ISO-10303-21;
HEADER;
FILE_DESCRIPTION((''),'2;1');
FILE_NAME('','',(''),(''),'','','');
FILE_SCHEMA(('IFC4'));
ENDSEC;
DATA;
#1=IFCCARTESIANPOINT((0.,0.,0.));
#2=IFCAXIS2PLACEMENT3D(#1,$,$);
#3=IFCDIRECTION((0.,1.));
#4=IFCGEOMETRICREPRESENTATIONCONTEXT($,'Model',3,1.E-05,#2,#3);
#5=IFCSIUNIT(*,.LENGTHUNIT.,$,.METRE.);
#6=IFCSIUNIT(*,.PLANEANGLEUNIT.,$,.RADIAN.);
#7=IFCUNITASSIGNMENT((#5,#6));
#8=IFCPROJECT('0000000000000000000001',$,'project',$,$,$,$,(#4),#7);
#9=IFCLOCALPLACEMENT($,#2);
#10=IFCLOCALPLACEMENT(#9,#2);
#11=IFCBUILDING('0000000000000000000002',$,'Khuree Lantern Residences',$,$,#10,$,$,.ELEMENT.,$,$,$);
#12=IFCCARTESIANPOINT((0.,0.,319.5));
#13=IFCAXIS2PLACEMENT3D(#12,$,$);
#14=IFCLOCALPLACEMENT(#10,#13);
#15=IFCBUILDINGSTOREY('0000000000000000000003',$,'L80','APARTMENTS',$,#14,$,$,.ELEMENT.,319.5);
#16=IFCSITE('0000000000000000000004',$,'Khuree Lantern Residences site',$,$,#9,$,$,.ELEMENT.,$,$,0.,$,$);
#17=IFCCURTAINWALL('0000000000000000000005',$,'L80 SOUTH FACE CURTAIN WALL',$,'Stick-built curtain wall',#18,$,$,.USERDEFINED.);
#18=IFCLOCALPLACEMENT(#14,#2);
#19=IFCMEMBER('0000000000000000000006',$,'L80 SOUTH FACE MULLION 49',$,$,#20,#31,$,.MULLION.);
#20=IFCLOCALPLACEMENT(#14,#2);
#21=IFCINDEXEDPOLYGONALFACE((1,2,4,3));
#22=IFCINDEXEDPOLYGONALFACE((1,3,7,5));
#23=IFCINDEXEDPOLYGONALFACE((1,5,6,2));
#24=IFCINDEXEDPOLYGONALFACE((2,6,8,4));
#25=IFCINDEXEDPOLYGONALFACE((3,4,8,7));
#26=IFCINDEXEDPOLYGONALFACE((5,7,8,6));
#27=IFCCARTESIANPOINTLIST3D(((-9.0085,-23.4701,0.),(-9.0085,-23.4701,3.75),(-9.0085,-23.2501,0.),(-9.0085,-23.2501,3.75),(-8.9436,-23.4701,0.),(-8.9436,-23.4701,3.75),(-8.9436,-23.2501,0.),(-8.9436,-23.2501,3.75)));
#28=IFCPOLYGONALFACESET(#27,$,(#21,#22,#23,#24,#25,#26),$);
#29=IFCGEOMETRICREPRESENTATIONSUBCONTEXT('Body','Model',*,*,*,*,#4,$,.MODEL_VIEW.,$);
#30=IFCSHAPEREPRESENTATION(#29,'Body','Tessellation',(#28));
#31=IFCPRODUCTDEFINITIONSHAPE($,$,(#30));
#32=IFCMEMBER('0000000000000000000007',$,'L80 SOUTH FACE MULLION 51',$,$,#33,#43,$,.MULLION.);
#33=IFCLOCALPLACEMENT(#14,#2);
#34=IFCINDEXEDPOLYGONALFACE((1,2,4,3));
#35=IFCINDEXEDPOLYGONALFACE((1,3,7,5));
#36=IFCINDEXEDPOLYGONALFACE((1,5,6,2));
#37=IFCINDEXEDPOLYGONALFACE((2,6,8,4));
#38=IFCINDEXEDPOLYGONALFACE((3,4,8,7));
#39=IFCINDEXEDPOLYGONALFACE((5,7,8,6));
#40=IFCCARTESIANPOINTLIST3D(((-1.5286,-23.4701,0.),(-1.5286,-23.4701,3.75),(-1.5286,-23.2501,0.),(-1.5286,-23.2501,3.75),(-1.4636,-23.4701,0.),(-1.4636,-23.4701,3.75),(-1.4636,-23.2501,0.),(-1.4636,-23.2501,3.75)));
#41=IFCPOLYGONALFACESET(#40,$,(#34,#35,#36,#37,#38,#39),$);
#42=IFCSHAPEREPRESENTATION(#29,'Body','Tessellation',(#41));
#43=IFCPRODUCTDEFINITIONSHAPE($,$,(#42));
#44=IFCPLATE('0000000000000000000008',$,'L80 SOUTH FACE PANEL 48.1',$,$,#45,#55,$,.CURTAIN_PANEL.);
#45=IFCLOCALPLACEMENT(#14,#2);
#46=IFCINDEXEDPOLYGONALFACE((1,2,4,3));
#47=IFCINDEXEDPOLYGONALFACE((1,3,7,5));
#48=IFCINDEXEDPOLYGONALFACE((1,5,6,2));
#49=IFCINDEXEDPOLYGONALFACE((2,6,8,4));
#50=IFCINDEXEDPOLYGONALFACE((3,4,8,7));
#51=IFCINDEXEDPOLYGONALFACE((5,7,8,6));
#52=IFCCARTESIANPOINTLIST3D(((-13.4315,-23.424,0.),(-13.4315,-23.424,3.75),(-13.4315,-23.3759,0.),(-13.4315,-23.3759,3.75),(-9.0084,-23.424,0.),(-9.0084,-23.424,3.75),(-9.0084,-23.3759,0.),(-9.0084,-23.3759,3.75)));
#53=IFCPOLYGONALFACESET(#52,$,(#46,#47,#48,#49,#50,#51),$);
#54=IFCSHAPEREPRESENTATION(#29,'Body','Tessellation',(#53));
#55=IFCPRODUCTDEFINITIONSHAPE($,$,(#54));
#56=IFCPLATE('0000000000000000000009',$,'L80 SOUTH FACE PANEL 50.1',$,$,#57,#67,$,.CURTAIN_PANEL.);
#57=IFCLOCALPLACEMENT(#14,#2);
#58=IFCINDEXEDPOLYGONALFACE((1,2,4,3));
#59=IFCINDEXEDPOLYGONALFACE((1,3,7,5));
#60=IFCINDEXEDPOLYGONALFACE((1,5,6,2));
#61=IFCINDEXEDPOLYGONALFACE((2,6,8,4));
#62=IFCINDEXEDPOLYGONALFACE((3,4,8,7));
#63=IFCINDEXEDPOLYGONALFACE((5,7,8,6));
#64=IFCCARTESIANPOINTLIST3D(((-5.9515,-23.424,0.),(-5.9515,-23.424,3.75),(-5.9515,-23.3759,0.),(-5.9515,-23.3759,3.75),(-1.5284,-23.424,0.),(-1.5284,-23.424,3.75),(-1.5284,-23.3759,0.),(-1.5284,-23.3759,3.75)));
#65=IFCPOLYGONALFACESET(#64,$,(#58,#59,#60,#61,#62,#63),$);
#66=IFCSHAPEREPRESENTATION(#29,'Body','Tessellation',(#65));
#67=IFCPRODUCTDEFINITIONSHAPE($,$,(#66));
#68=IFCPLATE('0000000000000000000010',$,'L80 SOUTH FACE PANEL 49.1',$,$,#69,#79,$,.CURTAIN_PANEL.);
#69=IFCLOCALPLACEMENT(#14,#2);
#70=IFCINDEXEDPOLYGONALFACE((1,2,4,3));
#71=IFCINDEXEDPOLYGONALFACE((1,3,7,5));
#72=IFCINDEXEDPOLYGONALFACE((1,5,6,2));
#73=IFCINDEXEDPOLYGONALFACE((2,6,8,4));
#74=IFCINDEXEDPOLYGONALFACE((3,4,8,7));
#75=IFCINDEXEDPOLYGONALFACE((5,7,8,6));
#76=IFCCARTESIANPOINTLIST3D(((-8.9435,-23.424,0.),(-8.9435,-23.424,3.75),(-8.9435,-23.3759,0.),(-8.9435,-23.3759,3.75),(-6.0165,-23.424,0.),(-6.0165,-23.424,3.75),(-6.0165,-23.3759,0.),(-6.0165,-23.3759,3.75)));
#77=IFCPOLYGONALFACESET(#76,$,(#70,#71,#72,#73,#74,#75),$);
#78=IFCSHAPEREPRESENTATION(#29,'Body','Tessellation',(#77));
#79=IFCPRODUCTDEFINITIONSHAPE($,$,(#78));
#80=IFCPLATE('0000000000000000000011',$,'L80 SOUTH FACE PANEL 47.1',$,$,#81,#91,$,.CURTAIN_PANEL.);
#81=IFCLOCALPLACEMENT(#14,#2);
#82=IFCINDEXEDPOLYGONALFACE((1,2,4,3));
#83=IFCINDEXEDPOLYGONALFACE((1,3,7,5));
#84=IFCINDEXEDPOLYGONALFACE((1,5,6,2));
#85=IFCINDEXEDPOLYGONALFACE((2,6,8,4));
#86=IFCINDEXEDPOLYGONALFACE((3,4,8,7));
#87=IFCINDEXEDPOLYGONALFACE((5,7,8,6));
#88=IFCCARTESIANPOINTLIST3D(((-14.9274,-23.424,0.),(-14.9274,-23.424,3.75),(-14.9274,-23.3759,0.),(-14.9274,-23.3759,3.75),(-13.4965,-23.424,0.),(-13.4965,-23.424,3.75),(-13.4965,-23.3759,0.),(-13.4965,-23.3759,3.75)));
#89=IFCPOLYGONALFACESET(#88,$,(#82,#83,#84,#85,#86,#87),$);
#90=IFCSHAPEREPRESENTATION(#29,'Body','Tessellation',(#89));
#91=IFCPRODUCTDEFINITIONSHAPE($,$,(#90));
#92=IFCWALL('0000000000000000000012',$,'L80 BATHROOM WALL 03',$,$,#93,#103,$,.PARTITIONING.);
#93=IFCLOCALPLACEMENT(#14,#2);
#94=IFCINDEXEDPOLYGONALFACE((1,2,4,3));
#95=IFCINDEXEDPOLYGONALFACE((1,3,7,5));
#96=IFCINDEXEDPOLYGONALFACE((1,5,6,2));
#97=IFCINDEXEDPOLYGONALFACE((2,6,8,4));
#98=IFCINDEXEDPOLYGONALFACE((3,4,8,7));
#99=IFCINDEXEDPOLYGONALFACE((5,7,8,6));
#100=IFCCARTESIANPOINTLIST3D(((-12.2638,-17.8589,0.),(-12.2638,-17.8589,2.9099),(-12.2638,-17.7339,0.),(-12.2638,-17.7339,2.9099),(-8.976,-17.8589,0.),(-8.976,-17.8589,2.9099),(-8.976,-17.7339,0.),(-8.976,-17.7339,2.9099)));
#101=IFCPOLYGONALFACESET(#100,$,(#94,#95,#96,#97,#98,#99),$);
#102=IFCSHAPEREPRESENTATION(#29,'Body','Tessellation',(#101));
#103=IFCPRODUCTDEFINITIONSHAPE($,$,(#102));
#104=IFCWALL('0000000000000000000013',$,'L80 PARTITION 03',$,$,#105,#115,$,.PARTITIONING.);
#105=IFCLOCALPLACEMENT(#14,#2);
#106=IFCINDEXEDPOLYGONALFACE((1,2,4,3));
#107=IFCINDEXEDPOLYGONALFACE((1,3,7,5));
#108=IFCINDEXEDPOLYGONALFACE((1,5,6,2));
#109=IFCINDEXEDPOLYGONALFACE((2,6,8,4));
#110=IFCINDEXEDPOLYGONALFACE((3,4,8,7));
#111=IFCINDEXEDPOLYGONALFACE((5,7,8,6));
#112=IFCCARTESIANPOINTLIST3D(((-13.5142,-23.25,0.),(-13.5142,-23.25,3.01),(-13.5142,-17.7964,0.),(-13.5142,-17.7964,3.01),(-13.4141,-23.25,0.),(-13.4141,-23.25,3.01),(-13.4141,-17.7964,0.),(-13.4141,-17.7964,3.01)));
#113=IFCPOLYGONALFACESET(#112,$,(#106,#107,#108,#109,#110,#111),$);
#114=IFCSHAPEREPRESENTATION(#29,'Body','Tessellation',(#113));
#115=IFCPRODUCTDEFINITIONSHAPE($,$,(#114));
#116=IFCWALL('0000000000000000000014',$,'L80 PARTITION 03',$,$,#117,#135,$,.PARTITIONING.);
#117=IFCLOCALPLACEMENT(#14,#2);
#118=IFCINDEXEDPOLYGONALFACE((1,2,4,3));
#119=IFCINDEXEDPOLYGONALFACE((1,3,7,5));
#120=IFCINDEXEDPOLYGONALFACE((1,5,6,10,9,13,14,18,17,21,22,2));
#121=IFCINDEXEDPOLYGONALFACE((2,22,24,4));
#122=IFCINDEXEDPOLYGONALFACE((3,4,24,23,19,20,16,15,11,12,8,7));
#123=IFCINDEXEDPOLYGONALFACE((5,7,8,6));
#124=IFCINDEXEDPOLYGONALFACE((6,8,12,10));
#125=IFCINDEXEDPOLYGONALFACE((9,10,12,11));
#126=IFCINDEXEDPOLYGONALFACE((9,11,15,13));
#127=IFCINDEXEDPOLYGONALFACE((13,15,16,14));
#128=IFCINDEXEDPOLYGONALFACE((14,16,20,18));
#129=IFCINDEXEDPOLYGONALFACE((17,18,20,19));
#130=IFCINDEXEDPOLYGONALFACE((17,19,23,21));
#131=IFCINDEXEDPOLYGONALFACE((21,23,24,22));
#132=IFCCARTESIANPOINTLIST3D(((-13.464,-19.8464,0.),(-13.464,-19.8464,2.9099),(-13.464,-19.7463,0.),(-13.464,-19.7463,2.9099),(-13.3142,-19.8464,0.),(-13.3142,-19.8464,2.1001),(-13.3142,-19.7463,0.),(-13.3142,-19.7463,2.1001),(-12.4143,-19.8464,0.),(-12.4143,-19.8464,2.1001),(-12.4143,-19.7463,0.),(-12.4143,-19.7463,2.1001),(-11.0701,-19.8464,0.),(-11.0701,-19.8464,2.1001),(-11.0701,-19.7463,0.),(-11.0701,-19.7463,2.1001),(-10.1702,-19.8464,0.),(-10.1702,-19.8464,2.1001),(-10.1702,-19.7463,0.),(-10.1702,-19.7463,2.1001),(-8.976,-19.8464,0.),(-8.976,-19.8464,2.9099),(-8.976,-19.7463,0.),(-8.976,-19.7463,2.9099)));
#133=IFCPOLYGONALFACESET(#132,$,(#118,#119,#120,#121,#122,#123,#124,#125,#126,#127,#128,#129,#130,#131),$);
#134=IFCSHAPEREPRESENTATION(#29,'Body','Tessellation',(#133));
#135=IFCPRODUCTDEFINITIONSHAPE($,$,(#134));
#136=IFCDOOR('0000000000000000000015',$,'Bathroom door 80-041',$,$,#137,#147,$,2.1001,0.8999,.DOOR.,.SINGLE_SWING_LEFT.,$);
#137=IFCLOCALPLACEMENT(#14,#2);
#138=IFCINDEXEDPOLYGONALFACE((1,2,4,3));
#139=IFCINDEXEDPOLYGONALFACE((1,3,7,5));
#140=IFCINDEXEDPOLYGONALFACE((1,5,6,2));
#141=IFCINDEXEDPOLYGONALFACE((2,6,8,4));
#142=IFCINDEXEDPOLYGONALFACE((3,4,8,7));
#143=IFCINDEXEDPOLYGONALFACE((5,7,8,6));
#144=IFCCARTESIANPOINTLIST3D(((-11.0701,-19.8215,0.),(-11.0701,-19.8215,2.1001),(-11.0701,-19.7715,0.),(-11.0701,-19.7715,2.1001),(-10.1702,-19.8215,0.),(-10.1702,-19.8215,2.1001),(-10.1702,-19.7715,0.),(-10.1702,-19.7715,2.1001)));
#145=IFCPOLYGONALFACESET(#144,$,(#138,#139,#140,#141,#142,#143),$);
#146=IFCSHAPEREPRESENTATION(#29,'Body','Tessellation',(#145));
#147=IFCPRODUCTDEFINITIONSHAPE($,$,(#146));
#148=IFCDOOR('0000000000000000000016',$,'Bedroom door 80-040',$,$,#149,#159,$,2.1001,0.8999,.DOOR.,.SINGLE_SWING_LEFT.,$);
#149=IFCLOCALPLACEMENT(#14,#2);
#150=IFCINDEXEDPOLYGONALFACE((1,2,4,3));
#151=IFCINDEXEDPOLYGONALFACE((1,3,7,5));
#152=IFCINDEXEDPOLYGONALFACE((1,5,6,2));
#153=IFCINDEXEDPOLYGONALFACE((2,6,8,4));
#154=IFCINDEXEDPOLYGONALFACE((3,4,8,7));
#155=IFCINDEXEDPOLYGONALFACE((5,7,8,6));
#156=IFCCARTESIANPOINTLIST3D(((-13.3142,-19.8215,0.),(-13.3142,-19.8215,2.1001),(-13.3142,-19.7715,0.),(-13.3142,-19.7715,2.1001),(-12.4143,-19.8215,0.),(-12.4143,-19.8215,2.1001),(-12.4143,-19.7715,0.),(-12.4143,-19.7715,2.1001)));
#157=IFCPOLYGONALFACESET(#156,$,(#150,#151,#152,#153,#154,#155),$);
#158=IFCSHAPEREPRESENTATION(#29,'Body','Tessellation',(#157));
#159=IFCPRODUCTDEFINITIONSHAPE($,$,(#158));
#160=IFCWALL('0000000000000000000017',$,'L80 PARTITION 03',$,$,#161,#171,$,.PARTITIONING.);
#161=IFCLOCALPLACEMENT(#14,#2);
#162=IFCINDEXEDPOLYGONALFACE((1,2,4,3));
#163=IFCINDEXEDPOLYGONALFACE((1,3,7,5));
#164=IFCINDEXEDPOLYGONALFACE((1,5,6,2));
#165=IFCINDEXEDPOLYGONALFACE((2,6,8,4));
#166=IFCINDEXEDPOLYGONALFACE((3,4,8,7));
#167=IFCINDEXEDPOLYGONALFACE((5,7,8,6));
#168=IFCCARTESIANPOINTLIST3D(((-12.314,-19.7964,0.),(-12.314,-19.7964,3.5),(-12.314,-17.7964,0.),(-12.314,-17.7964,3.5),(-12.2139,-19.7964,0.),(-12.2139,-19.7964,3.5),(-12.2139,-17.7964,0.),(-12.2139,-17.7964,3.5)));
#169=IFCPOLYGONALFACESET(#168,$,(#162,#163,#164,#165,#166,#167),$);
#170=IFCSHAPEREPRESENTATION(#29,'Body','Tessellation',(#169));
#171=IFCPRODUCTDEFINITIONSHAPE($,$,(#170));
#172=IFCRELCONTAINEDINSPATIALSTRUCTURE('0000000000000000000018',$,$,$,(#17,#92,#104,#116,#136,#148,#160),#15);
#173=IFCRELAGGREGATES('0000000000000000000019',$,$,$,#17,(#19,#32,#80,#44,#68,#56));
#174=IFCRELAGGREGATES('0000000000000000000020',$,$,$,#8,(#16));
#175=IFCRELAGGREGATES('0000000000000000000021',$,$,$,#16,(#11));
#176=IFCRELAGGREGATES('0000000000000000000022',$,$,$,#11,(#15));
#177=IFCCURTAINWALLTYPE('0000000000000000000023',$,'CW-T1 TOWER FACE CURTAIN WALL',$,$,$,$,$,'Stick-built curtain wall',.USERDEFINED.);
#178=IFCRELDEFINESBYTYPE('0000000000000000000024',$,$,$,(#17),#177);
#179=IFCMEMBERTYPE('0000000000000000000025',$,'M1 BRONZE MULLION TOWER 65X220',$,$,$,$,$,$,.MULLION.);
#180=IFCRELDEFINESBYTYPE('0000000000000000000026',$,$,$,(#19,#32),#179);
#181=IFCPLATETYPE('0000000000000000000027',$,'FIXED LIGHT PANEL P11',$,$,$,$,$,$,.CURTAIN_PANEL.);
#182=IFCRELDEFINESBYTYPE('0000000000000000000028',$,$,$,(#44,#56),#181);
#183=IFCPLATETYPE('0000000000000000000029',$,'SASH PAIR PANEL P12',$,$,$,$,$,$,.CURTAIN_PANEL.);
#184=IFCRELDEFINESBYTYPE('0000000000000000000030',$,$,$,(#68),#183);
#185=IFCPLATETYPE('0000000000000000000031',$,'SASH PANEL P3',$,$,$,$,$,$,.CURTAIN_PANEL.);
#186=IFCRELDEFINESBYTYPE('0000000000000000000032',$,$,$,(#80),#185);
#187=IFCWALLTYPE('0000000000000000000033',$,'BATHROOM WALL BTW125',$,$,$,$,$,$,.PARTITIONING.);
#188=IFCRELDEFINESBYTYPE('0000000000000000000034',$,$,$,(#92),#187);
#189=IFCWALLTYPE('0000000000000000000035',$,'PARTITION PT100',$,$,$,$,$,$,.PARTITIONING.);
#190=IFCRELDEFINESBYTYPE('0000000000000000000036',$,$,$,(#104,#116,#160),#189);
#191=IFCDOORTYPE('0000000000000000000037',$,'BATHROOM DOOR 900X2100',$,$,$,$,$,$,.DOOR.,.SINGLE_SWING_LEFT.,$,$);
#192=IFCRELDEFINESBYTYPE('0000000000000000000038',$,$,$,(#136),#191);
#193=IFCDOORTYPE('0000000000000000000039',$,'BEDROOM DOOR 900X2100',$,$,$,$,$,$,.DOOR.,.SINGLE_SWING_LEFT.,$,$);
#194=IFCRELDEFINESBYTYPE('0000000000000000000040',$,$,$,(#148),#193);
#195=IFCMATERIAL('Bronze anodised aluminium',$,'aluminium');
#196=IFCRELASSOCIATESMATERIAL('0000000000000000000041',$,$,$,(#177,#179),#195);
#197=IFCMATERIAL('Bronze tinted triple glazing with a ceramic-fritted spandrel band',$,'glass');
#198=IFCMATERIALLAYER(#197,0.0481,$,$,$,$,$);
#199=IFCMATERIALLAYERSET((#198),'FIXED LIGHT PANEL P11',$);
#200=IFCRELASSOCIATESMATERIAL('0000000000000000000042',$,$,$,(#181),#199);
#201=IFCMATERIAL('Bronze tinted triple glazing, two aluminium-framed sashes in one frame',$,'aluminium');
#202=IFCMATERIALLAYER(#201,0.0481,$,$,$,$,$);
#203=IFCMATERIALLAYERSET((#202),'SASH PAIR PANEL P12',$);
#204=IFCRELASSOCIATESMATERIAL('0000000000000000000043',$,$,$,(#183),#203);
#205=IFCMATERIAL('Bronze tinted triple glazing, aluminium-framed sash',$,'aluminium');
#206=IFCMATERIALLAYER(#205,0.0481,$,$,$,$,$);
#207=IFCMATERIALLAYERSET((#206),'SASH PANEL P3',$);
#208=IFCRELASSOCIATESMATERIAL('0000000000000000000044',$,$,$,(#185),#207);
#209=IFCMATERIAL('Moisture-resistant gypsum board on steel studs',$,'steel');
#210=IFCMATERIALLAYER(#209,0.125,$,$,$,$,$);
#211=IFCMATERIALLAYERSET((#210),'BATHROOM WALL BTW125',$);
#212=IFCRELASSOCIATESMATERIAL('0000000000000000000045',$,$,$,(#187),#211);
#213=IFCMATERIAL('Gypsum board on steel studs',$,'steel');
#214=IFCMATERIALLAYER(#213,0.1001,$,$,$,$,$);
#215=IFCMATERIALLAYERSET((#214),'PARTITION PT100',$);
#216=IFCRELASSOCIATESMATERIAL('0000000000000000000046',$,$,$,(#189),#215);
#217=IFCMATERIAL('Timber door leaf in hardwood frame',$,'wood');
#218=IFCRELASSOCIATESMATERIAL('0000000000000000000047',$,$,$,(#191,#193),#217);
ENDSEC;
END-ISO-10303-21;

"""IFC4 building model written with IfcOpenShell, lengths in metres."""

from ifc_helpers import new_model, si_unit, direction, frame, frame_2d, origin, origin_2d, place, context, subcontext, project, spatial, rectangle, extrude, material, layer, layer_set, material_profile, profile_set, type_object, element, fill, aggregate, save


model = new_model("IFC4")

# Units and contexts
model_context = context("Model", 3, precision=1e-05, world=origin(), true_north=direction((0.0, 1.0)))
body_context = subcontext(model_context, "Body", "Model", "MODEL_VIEW")
ifc_project = project(units=[si_unit("LENGTHUNIT", "METRE"), si_unit("PLANEANGLEUNIT", "RADIAN")], contexts=[model_context])

# Site, building, storey
site_placement = place(None, origin())
site = spatial("IfcSite", under=ifc_project, at=site_placement, Name="Khuree Lantern Residences site", CompositionType="ELEMENT", RefElevation=0.0)
building_placement = place(site_placement, origin())
building = spatial("IfcBuilding", under=site, at=building_placement, Name="Khuree Lantern Residences", CompositionType="ELEMENT")
storey_placement = place(building_placement, frame((0.0, 0.0, 319.5)))
storey = spatial("IfcBuildingStorey", under=building, at=storey_placement, Name="L80", Description="APARTMENTS", CompositionType="ELEMENT", Elevation=319.5)

# Curtain wall
ifc_material_1 = material(Name="Bronze anodised aluminium", Category="aluminium")
curtain_wall_type = type_object("IfcCurtainWallType", Name="CW-T1 TOWER FACE CURTAIN WALL", ElementType="Stick-built curtain wall", PredefinedType="USERDEFINED", material=ifc_material_1)
curtain_wall_placement = place(storey_placement, origin())
curtain_wall = element("IfcCurtainWall", 1, at=curtain_wall_placement, inside=storey, type_object=curtain_wall_type, Name="L80 SOUTH FACE CURTAIN WALL", ObjectType="Stick-built curtain wall", PredefinedType="USERDEFINED")

# Members
ifc_material_profile_1 = material_profile(ifc_material_1, rectangle(XDim=0.0649, YDim=0.22, at=origin_2d()), Name="M1 65X220")
ifc_profile_set_1 = profile_set([ifc_material_profile_1], Name="Bronze anodised aluminium")
member_type_1 = type_object("IfcMemberType", Name="M1 BRONZE MULLION TOWER 65X220", PredefinedType="MULLION", material=ifc_profile_set_1)
member_1_placement = place(storey_placement, frame((-8.9761, -23.3601, 0.0), z_axis=(0.0, 0.0, 1.0), x_axis=(1.0, 0.0, 0.0)))
member_1 = element("IfcMember", 2, at=member_1_placement, type_object=member_type_1, Name="L80 SOUTH FACE MULLION 49", PredefinedType="MULLION", context=body_context, shape_type="SweptSolid", body=[
    extrude(rectangle(XDim=0.0649, YDim=0.22, at=origin_2d()), origin(), (0.0, 0.0, 1.0), 3.75),
])
member_2_placement = place(storey_placement, frame((-1.4961, -23.3601, 0.0), z_axis=(0.0, 0.0, 1.0), x_axis=(1.0, 0.0, 0.0)))
member_2 = element("IfcMember", 3, at=member_2_placement, type_object=member_type_1, Name="L80 SOUTH FACE MULLION 51", PredefinedType="MULLION", context=body_context, shape_type="SweptSolid", body=[
    extrude(rectangle(XDim=0.0649, YDim=0.22, at=origin_2d()), origin(), (0.0, 0.0, 1.0), 3.75),
])

# Plates
ifc_material_2 = material(Name="Bronze tinted triple glazing with a ceramic-fritted spandrel band", Category="glass")
ifc_layer_1 = layer(ifc_material_2, 0.0481)
ifc_layer_set_1 = layer_set([ifc_layer_1], Name="FIXED LIGHT PANEL P11")
plate_type_1 = type_object("IfcPlateType", Name="FIXED LIGHT PANEL P11", PredefinedType="CURTAIN_PANEL", material=ifc_layer_set_1)
plate_1_placement = place(storey_placement, frame((-11.22, -23.3999, 0.0), z_axis=(0.0, 0.0, 1.0), x_axis=(1.0, 0.0, 0.0)))
plate_1 = element("IfcPlate", 4, at=plate_1_placement, type_object=plate_type_1, Name="L80 SOUTH FACE PANEL 48.1", PredefinedType="CURTAIN_PANEL", context=body_context, shape_type="SweptSolid", body=[
    extrude(rectangle(XDim=4.4231, YDim=0.0481, at=origin_2d()), origin(), (0.0, 0.0, 1.0), 3.75),
])
plate_2_placement = place(storey_placement, frame((-3.74, -23.3999, 0.0), z_axis=(0.0, 0.0, 1.0), x_axis=(1.0, 0.0, 0.0)))
plate_2 = element("IfcPlate", 5, at=plate_2_placement, type_object=plate_type_1, Name="L80 SOUTH FACE PANEL 50.1", PredefinedType="CURTAIN_PANEL", context=body_context, shape_type="SweptSolid", body=[
    extrude(rectangle(XDim=4.4231, YDim=0.0481, at=origin_2d()), origin(), (0.0, 0.0, 1.0), 3.75),
])
ifc_material_3 = material(Name="Bronze tinted triple glazing, two aluminium-framed sashes in one frame", Category="aluminium")
ifc_layer_2 = layer(ifc_material_3, 0.0481)
ifc_layer_set_2 = layer_set([ifc_layer_2], Name="SASH PAIR PANEL P12")
plate_type_2 = type_object("IfcPlateType", Name="SASH PAIR PANEL P12", PredefinedType="CURTAIN_PANEL", material=ifc_layer_set_2)
plate_3_placement = place(storey_placement, frame((-7.48, -23.3999, 0.0), z_axis=(0.0, 0.0, 1.0), x_axis=(1.0, 0.0, 0.0)))
plate_3 = element("IfcPlate", 6, at=plate_3_placement, type_object=plate_type_2, Name="L80 SOUTH FACE PANEL 49.1", PredefinedType="CURTAIN_PANEL", context=body_context, shape_type="SweptSolid", body=[
    extrude(rectangle(XDim=2.927, YDim=0.0481, at=origin_2d()), origin(), (0.0, 0.0, 1.0), 3.75),
])
ifc_material_4 = material(Name="Bronze tinted triple glazing, aluminium-framed sash", Category="aluminium")
ifc_layer_3 = layer(ifc_material_4, 0.0481)
ifc_layer_set_3 = layer_set([ifc_layer_3], Name="SASH PANEL P3")
plate_type_3 = type_object("IfcPlateType", Name="SASH PANEL P3", PredefinedType="CURTAIN_PANEL", material=ifc_layer_set_3)
plate_4_placement = place(storey_placement, frame((-14.2119, -23.3999, 0.0), z_axis=(0.0, 0.0, 1.0), x_axis=(1.0, 0.0, 0.0)))
plate_4 = element("IfcPlate", 7, at=plate_4_placement, type_object=plate_type_3, Name="L80 SOUTH FACE PANEL 47.1", PredefinedType="CURTAIN_PANEL", context=body_context, shape_type="SweptSolid", body=[
    extrude(rectangle(XDim=1.4309, YDim=0.0481, at=origin_2d()), origin(), (0.0, 0.0, 1.0), 3.75),
])
aggregate(curtain_wall, [member_1, member_2, plate_4, plate_1, plate_3, plate_2])

# Walls
ifc_material_5 = material(Name="Moisture-resistant gypsum board on steel studs", Category="steel")
ifc_layer_4 = layer(ifc_material_5, 0.125)
ifc_layer_set_4 = layer_set([ifc_layer_4], Name="BATHROOM WALL BTW125")
wall_type_1 = type_object("IfcWallType", Name="BATHROOM WALL BTW125", PredefinedType="PARTITIONING", material=ifc_layer_set_4)
wall_1_placement = place(storey_placement, frame((-12.2639, -17.7964, 0.0), z_axis=(0.0, 0.0, 1.0), x_axis=(1.0, 0.0, 0.0)))
element("IfcWall", 8, at=wall_1_placement, inside=storey, type_object=wall_type_1, Name="L80 BATHROOM WALL 03", PredefinedType="PARTITIONING", context=body_context, shape_type="SweptSolid", body=[
    extrude(rectangle(XDim=3.2878, YDim=0.125, at=frame_2d((1.644, 0.0))), origin(), (0.0, 0.0, 1.0), 2.9099),
])
ifc_material_6 = material(Name="Gypsum board on steel studs", Category="steel")
ifc_layer_5 = layer(ifc_material_6, 0.1001)
ifc_layer_set_5 = layer_set([ifc_layer_5], Name="PARTITION PT100")
wall_type_2 = type_object("IfcWallType", Name="PARTITION PT100", PredefinedType="PARTITIONING", material=ifc_layer_set_5)
wall_2_placement = place(storey_placement, frame((-13.4641, -17.7964, 0.0), z_axis=(0.0, 0.0, 1.0), x_axis=(0.0, -1.0, 0.0)))
element("IfcWall", 9, at=wall_2_placement, inside=storey, type_object=wall_type_2, Name="L80 PARTITION 03", PredefinedType="PARTITIONING", context=body_context, shape_type="SweptSolid", body=[
    extrude(rectangle(XDim=5.4536, YDim=0.1001, at=frame_2d((2.7268, 0.0))), origin(), (0.0, 0.0, 1.0), 3.01),
])

# Wall, openings, doors
wall_3_placement = place(storey_placement, frame((-13.4641, -19.7964, 0.0), z_axis=(0.0, 0.0, 1.0), x_axis=(1.0, 0.0, 0.0)))
wall_3 = element("IfcWall", 10, at=wall_3_placement, inside=storey, type_object=wall_type_2, Name="L80 PARTITION 03", PredefinedType="PARTITIONING", context=body_context, shape_type="SweptSolid", body=[
    extrude(rectangle(XDim=4.488, YDim=0.1001, at=frame_2d((2.2441, 0.0))), origin(), (0.0, 0.0, 1.0), 2.9099),
])
opening_1_placement = place(wall_3_placement, frame((0.1499, 0.0, 0.0)))
opening_1 = element("IfcOpeningElement", 11, at=opening_1_placement, cuts=wall_3, PredefinedType="OPENING", context=body_context, shape_type="SweptSolid", body=[
    extrude(rectangle(XDim=0.8999, YDim=2.1001, at=frame_2d((0.45, 1.05))), frame((0.0, 0.0601, 0.0), z_axis=(0.0, -1.0, 0.0), x_axis=(1.0, 0.0, 0.0)), (0.0, 0.0, 1.0), 0.1201),
])
opening_2_placement = place(wall_3_placement, frame((2.394, 0.0, 0.0)))
opening_2 = element("IfcOpeningElement", 12, at=opening_2_placement, cuts=wall_3, PredefinedType="OPENING", context=body_context, shape_type="SweptSolid", body=[
    extrude(rectangle(XDim=0.8999, YDim=2.1001, at=frame_2d((0.45, 1.05))), frame((0.0, 0.0601, 0.0), z_axis=(0.0, -1.0, 0.0), x_axis=(1.0, 0.0, 0.0)), (0.0, 0.0, 1.0), 0.1201),
])
ifc_material_7 = material(Name="Timber door leaf in hardwood frame", Category="wood")
door_type_1 = type_object("IfcDoorType", Name="BATHROOM DOOR 900X2100", OperationType="SINGLE_SWING_LEFT", PredefinedType="DOOR", material=ifc_material_7)
door_1_placement = place(opening_2_placement, origin())
door_1 = element("IfcDoor", 13, at=door_1_placement, inside=storey, type_object=door_type_1, Name="Bathroom door 80-041", OperationType="SINGLE_SWING_LEFT", OverallHeight=2.1001, OverallWidth=0.8999, PredefinedType="DOOR", context=body_context, shape_type="SweptSolid", body=[
    extrude(rectangle(XDim=0.8999, YDim=2.1001, at=frame_2d((0.45, 1.05))), frame((0.0, 0.0249, 0.0), z_axis=(0.0, -1.0, 0.0), x_axis=(1.0, 0.0, 0.0)), (0.0, 0.0, 1.0), 0.05),
])
fill(opening_2, door_1)
door_type_2 = type_object("IfcDoorType", Name="BEDROOM DOOR 900X2100", OperationType="SINGLE_SWING_LEFT", PredefinedType="DOOR", material=ifc_material_7)
door_2_placement = place(opening_1_placement, origin())
door_2 = element("IfcDoor", 14, at=door_2_placement, inside=storey, type_object=door_type_2, Name="Bedroom door 80-040", OperationType="SINGLE_SWING_LEFT", OverallHeight=2.1001, OverallWidth=0.8999, PredefinedType="DOOR", context=body_context, shape_type="SweptSolid", body=[
    extrude(rectangle(XDim=0.8999, YDim=2.1001, at=frame_2d((0.45, 1.05))), frame((0.0, 0.0249, 0.0), z_axis=(0.0, -1.0, 0.0), x_axis=(1.0, 0.0, 0.0)), (0.0, 0.0, 1.0), 0.05),
])
fill(opening_1, door_2)

# Wall
wall_4_placement = place(storey_placement, frame((-12.2639, -17.7964, 0.0), z_axis=(0.0, 0.0, 1.0), x_axis=(0.0, -1.0, 0.0)))
element("IfcWall", 15, at=wall_4_placement, inside=storey, type_object=wall_type_2, Name="L80 PARTITION 03", PredefinedType="PARTITIONING", context=body_context, shape_type="SweptSolid", body=[
    extrude(rectangle(XDim=2.0, YDim=0.1001, at=frame_2d((1.0, 0.0))), origin(), (0.0, 0.0, 1.0), 3.5),
])

save(model, "model.ifc")
